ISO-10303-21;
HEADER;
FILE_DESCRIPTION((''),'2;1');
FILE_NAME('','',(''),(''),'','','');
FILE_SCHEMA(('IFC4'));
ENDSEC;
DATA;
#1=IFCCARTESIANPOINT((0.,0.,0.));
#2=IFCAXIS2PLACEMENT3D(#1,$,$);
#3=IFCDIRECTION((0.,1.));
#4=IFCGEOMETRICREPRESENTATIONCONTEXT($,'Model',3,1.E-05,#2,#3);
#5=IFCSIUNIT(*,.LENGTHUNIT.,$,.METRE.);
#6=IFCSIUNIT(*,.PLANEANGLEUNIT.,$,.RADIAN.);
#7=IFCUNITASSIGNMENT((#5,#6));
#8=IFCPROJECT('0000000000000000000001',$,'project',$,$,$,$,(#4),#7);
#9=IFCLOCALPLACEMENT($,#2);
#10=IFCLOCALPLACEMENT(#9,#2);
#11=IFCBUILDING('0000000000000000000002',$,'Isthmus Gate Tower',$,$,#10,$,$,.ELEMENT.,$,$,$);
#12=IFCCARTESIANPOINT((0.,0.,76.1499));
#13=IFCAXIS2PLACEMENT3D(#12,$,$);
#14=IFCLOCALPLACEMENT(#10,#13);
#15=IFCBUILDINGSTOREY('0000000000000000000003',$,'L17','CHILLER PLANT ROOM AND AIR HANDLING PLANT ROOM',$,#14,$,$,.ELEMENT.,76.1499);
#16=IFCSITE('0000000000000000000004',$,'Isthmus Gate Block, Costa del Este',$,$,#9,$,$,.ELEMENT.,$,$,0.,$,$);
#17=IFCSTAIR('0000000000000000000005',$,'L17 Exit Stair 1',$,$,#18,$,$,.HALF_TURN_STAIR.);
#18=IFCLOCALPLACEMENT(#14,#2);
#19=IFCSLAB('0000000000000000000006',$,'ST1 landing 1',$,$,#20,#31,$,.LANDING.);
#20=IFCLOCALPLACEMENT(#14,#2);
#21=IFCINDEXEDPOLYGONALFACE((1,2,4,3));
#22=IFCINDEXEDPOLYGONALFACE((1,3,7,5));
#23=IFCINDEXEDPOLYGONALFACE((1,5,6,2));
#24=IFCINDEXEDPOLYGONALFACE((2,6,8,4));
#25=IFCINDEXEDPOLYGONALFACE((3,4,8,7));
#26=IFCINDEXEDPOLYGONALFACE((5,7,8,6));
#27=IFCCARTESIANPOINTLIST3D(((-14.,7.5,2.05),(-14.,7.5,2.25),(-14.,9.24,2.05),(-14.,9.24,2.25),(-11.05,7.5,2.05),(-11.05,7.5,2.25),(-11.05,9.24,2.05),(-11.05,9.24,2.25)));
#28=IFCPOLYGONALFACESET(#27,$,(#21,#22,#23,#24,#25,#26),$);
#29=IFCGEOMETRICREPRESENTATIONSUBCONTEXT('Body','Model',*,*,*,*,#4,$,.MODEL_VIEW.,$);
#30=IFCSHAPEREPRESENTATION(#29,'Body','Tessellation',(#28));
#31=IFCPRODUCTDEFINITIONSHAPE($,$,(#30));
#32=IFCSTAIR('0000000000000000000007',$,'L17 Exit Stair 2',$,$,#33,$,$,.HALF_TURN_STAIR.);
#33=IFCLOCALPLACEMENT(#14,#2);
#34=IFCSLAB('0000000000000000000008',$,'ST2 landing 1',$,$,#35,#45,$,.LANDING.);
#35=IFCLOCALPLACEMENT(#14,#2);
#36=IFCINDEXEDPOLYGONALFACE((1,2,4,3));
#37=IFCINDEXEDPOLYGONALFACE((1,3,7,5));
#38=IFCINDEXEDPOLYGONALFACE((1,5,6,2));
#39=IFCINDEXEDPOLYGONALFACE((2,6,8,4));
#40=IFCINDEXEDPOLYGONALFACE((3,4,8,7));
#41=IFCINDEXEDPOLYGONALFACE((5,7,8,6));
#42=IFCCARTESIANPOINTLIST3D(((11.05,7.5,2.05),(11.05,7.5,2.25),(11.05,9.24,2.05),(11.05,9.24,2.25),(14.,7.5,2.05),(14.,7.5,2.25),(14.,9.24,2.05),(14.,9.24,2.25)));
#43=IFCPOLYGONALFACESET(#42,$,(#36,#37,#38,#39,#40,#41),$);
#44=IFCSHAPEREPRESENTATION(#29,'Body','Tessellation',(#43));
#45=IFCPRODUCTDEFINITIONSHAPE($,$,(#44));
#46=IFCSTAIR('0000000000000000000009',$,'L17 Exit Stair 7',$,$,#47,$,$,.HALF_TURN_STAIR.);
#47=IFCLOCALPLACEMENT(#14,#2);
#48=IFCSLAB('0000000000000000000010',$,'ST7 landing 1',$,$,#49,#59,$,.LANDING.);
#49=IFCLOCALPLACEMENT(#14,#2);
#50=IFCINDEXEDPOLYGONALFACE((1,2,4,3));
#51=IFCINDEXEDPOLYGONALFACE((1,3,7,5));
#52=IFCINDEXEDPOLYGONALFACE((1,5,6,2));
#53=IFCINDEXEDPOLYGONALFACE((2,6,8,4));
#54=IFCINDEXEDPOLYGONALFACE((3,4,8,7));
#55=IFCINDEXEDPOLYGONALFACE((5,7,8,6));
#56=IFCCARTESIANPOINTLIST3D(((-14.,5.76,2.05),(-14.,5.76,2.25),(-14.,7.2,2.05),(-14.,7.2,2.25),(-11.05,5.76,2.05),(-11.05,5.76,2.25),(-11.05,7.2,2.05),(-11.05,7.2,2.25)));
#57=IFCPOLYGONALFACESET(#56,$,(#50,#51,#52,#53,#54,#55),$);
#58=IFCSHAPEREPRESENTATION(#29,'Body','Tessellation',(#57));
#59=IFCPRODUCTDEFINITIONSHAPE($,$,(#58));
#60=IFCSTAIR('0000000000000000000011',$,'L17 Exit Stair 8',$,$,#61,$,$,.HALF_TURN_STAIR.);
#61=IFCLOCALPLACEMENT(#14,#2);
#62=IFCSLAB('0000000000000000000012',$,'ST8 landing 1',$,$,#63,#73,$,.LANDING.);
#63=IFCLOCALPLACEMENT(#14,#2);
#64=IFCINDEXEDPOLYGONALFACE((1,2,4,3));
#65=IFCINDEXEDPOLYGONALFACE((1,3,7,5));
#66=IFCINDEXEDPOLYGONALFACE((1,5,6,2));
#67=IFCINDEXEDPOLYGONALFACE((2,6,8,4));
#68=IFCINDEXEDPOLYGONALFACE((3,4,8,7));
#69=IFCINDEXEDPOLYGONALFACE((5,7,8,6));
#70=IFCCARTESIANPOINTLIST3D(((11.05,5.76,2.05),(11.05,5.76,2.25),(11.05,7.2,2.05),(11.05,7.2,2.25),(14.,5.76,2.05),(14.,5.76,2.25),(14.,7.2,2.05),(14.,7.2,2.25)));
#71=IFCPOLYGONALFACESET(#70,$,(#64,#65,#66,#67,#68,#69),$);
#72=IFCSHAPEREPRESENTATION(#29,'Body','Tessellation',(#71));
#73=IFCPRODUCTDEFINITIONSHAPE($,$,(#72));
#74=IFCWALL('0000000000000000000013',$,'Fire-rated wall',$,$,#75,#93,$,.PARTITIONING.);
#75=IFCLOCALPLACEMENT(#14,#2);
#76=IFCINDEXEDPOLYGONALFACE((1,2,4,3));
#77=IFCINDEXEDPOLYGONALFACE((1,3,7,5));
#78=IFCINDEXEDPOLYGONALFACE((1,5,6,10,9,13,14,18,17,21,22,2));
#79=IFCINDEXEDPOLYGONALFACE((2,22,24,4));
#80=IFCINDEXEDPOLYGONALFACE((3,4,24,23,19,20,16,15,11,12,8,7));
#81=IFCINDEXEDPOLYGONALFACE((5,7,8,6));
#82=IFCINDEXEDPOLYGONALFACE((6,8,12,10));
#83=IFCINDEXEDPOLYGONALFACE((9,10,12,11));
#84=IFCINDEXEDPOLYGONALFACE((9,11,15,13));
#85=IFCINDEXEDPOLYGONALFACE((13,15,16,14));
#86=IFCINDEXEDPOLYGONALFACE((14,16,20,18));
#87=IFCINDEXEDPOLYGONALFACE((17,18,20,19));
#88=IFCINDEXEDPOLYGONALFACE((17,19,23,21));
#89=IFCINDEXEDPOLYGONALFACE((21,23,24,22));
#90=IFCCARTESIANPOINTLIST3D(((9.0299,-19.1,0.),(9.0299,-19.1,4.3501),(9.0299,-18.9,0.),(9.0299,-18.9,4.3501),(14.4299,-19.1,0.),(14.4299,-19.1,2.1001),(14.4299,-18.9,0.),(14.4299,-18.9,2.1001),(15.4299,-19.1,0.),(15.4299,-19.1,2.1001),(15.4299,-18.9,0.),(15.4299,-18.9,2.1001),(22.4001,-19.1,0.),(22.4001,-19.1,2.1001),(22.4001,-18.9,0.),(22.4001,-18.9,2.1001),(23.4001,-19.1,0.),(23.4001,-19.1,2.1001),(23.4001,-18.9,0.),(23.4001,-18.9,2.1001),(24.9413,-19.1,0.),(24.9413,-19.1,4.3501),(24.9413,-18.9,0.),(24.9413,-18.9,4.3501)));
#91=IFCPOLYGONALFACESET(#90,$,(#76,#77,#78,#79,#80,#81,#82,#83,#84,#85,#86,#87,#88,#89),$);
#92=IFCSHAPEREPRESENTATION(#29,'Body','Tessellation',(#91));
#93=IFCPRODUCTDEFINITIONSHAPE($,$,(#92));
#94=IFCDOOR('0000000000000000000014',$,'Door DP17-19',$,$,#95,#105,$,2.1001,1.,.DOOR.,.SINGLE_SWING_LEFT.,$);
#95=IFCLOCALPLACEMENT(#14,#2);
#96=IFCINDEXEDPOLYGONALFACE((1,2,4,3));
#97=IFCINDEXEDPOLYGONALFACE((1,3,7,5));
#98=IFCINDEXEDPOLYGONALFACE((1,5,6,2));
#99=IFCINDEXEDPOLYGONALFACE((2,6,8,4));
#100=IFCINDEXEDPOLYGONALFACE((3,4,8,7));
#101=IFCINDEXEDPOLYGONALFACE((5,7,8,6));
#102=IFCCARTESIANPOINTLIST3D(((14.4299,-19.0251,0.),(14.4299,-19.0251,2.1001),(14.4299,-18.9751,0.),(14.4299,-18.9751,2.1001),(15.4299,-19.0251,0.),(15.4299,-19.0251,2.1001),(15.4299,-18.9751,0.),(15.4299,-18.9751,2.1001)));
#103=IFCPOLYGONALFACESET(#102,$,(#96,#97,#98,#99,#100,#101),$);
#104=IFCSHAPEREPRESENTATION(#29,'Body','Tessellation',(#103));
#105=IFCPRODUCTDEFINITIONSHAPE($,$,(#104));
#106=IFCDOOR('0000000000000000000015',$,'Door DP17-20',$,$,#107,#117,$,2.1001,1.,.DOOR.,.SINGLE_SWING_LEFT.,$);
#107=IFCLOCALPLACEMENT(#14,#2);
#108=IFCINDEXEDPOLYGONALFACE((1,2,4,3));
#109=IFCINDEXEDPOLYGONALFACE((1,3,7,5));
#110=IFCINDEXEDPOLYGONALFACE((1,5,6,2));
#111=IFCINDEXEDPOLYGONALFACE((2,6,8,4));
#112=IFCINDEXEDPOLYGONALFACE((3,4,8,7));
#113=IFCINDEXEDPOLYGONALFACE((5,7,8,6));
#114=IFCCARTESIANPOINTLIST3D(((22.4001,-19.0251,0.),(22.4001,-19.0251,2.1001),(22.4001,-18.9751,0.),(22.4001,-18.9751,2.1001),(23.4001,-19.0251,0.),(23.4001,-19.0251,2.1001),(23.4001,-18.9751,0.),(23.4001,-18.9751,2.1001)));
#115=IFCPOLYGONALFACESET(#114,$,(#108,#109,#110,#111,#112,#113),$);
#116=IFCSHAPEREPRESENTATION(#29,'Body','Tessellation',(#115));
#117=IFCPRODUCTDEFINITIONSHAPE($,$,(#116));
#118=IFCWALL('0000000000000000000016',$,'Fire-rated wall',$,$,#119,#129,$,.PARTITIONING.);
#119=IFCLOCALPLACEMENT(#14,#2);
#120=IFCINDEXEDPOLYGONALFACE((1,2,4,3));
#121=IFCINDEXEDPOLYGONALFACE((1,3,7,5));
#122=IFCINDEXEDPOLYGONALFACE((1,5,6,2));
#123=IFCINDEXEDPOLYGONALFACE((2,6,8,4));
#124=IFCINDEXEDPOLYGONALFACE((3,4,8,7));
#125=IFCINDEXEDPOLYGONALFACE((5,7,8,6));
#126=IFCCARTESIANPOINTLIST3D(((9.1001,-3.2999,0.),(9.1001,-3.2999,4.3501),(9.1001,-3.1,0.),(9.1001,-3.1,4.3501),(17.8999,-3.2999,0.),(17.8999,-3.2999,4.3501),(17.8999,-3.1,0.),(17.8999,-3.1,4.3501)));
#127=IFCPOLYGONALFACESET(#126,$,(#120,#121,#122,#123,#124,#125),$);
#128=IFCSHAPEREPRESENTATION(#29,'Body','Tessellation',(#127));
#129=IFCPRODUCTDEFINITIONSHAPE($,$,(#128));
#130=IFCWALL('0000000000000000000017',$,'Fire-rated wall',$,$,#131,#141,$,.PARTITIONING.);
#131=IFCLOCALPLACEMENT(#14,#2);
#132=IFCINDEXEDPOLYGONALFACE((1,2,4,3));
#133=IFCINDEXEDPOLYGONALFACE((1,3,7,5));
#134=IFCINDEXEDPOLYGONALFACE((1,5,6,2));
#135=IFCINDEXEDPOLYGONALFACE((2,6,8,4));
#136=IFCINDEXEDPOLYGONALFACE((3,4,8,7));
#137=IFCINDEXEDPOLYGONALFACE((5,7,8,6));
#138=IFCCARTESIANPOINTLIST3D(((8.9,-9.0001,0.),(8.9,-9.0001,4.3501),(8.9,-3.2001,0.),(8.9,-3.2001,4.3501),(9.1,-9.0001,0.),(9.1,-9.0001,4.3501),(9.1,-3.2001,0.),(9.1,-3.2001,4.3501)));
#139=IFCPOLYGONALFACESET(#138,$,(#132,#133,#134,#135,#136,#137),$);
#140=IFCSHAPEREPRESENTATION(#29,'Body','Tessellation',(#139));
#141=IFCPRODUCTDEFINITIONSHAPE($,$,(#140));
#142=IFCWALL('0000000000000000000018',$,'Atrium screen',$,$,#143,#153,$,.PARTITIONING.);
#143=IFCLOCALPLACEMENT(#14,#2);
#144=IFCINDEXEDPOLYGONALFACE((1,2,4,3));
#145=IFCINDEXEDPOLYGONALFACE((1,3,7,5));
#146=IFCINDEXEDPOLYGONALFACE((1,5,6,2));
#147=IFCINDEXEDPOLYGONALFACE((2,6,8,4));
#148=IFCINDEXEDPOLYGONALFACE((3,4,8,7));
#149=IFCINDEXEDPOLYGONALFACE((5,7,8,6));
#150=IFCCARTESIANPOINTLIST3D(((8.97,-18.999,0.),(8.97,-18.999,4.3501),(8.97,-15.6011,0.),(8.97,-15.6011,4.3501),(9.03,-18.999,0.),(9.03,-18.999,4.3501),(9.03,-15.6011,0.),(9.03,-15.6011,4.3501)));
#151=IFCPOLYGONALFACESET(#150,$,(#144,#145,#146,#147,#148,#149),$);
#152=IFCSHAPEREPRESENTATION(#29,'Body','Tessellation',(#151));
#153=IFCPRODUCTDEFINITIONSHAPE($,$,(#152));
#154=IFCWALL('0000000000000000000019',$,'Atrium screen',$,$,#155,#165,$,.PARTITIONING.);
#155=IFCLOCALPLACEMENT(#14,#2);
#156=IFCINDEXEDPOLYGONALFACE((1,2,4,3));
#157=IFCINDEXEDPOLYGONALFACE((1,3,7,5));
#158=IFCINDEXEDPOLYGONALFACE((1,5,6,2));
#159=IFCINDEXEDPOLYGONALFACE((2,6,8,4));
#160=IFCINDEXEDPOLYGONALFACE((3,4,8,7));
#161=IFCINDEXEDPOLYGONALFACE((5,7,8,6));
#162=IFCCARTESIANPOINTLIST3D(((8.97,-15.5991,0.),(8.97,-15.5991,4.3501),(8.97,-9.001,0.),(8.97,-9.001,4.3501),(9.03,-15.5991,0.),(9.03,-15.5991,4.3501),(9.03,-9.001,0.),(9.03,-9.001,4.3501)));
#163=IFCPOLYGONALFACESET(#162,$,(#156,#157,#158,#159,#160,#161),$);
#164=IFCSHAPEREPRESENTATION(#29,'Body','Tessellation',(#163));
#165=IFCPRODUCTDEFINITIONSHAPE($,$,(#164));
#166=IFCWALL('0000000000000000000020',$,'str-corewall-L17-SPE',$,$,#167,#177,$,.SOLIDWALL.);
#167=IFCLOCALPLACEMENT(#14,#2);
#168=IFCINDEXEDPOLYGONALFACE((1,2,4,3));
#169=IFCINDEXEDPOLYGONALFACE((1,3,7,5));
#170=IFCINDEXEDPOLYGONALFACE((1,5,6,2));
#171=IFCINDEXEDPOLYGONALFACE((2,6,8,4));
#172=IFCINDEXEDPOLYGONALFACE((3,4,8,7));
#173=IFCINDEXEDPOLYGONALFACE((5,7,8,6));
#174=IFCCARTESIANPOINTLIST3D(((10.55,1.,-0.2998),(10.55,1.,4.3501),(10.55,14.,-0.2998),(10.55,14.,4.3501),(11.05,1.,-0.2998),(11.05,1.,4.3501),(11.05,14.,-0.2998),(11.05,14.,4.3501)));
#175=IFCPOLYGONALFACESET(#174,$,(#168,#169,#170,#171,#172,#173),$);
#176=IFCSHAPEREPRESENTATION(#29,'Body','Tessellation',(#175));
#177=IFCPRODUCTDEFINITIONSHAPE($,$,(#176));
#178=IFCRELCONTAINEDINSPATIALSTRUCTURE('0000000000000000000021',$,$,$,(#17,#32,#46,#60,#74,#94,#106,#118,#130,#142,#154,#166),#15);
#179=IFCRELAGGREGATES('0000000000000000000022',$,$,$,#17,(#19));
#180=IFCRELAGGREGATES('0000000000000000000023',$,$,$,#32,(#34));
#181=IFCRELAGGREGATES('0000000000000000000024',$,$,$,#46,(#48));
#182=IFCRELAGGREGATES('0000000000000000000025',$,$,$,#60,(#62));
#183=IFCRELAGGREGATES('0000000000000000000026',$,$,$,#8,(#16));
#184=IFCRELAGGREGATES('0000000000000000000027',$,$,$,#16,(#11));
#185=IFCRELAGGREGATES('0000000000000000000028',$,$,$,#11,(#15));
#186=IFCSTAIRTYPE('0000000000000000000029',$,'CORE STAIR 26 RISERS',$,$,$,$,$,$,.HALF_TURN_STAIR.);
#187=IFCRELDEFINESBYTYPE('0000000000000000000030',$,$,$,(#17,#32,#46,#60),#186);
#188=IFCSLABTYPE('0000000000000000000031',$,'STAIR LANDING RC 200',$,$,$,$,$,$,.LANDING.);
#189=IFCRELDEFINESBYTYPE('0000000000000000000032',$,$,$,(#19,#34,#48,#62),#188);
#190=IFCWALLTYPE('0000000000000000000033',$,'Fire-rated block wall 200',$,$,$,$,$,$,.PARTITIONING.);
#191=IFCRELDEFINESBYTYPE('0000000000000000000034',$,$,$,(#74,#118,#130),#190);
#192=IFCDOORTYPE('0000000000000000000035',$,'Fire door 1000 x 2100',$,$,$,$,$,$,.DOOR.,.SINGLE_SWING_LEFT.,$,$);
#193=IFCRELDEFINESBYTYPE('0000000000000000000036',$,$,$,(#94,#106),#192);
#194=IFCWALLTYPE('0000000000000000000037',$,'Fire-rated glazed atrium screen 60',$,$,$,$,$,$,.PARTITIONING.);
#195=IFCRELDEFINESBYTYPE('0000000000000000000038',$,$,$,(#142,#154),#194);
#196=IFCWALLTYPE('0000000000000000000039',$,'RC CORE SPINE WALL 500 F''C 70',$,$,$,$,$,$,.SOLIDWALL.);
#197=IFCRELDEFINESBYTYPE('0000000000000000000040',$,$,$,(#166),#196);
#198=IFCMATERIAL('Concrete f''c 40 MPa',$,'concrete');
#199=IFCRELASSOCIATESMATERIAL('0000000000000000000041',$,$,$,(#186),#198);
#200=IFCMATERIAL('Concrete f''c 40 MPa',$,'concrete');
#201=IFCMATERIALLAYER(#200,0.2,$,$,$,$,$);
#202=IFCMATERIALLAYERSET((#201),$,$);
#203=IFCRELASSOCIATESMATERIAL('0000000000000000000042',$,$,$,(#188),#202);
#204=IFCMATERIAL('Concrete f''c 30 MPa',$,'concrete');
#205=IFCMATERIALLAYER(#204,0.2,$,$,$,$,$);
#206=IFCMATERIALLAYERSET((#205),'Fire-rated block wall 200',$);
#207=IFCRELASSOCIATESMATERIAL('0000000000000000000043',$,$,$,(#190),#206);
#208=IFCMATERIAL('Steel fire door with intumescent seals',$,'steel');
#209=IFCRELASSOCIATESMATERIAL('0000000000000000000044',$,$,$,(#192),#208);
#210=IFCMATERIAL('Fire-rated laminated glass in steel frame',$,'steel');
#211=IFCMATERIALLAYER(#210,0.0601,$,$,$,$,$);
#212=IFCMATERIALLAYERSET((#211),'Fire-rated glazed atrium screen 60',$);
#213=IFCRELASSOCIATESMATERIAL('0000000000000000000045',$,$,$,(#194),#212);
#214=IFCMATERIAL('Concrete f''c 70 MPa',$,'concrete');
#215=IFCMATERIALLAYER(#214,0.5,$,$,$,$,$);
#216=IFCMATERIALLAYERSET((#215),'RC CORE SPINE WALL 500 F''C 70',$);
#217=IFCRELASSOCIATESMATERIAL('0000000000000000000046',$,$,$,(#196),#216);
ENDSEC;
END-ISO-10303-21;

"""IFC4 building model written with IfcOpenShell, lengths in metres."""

from ifc_helpers import new_model, si_unit, direction, frame, frame_2d, origin, place, context, subcontext, project, spatial, polyline, rectangle, outline, extrude, material, layer, layer_set, type_object, element, fill, aggregate, save


model = new_model("IFC4")

# Units and contexts
model_context = context("Model", 3, precision=1e-05, world=origin(), true_north=direction((0.0, 1.0)))
body_context = subcontext(model_context, "Body", "Model", "MODEL_VIEW")
ifc_project = project(units=[si_unit("LENGTHUNIT", "METRE"), si_unit("PLANEANGLEUNIT", "RADIAN")], contexts=[model_context])

# Site, building, storey
site_placement = place(None, origin())
site = spatial("IfcSite", under=ifc_project, at=site_placement, Name="Isthmus Gate Block, Costa del Este", CompositionType="ELEMENT", RefElevation=0.0)
building_placement = place(site_placement, origin())
building = spatial("IfcBuilding", under=site, at=building_placement, Name="Isthmus Gate Tower", CompositionType="ELEMENT")
storey_placement = place(building_placement, frame((0.0, 0.0, 76.1499)))
storey = spatial("IfcBuildingStorey", under=building, at=storey_placement, Name="L17", Description="CHILLER PLANT ROOM AND AIR HANDLING PLANT ROOM", CompositionType="ELEMENT", Elevation=76.1499)

# Stairs, slabs
ifc_material_1 = material(Name="Concrete f'c 40 MPa", Category="concrete")
stair_type = type_object("IfcStairType", Name="CORE STAIR 26 RISERS", PredefinedType="HALF_TURN_STAIR", material=ifc_material_1)
stair_1_placement = place(storey_placement, origin())
stair_1 = element("IfcStair", 1, at=stair_1_placement, inside=storey, type_object=stair_type, Name="L17 Exit Stair 1", PredefinedType="HALF_TURN_STAIR")
ifc_material_2 = material(Name="Concrete f'c 40 MPa", Category="concrete")
ifc_layer_1 = layer(ifc_material_2, 0.2)
ifc_layer_set_1 = layer_set([ifc_layer_1])
slab_type_1 = type_object("IfcSlabType", Name="STAIR LANDING RC 200", PredefinedType="LANDING", material=ifc_layer_set_1)
slab_1_placement = place(storey_placement, frame((0.0, 0.0, 2.05)))
slab_1 = element("IfcSlab", 2, at=slab_1_placement, type_object=slab_type_1, Name="ST1 landing 1", PredefinedType="LANDING", context=body_context, shape_type="SweptSolid", body=[
    extrude(outline(polyline([(-14.0, 9.24), (-14.0, 7.5), (-11.05, 7.5), (-11.05, 9.24), (-14.0, 9.24)])), origin(), (0.0, 0.0, 1.0), 0.2),
])
aggregate(stair_1, [slab_1])
stair_2_placement = place(storey_placement, origin())
stair_2 = element("IfcStair", 3, at=stair_2_placement, inside=storey, type_object=stair_type, Name="L17 Exit Stair 2", PredefinedType="HALF_TURN_STAIR")
slab_2_placement = place(storey_placement, frame((0.0, 0.0, 2.05)))
slab_2 = element("IfcSlab", 4, at=slab_2_placement, type_object=slab_type_1, Name="ST2 landing 1", PredefinedType="LANDING", context=body_context, shape_type="SweptSolid", body=[
    extrude(outline(polyline([(11.05, 9.24), (11.05, 7.5), (14.0, 7.5), (14.0, 9.24), (11.05, 9.24)])), origin(), (0.0, 0.0, 1.0), 0.2),
])
aggregate(stair_2, [slab_2])
stair_3_placement = place(storey_placement, origin())
stair_3 = element("IfcStair", 5, at=stair_3_placement, inside=storey, type_object=stair_type, Name="L17 Exit Stair 7", PredefinedType="HALF_TURN_STAIR")
slab_3_placement = place(storey_placement, frame((0.0, 0.0, 2.05)))
slab_3 = element("IfcSlab", 6, at=slab_3_placement, type_object=slab_type_1, Name="ST7 landing 1", PredefinedType="LANDING", context=body_context, shape_type="SweptSolid", body=[
    extrude(outline(polyline([(-11.05, 5.76), (-11.05, 7.2), (-14.0, 7.2), (-14.0, 5.76), (-11.05, 5.76)])), origin(), (0.0, 0.0, 1.0), 0.2),
])
aggregate(stair_3, [slab_3])
stair_4_placement = place(storey_placement, origin())
stair_4 = element("IfcStair", 7, at=stair_4_placement, inside=storey, type_object=stair_type, Name="L17 Exit Stair 8", PredefinedType="HALF_TURN_STAIR")
slab_4_placement = place(storey_placement, frame((0.0, 0.0, 2.05)))
slab_4 = element("IfcSlab", 8, at=slab_4_placement, type_object=slab_type_1, Name="ST8 landing 1", PredefinedType="LANDING", context=body_context, shape_type="SweptSolid", body=[
    extrude(outline(polyline([(14.0, 5.76), (14.0, 7.2), (11.05, 7.2), (11.05, 5.76), (14.0, 5.76)])), origin(), (0.0, 0.0, 1.0), 0.2),
])
aggregate(stair_4, [slab_4])

# Wall, openings, doors
ifc_material_3 = material(Name="Concrete f'c 30 MPa", Category="concrete")
ifc_layer_2 = layer(ifc_material_3, 0.2)
ifc_layer_set_2 = layer_set([ifc_layer_2], Name="Fire-rated block wall 200")
wall_type_1 = type_object("IfcWallType", Name="Fire-rated block wall 200", PredefinedType="PARTITIONING", material=ifc_layer_set_2)
wall_1_placement = place(storey_placement, frame((9.03, -19.0, 0.0), z_axis=(0.0, 0.0, 1.0), x_axis=(1.0, 0.0, 0.0)))
wall_1 = element("IfcWall", 9, at=wall_1_placement, inside=storey, type_object=wall_type_1, Name="Fire-rated wall", PredefinedType="PARTITIONING", context=body_context, shape_type="SweptSolid", body=[
    extrude(rectangle(XDim=15.9114, YDim=0.2, at=frame_2d((7.9556, 0.0))), origin(), (0.0, 0.0, 1.0), 4.3501),
])
opening_1_placement = place(wall_1_placement, frame((5.3999, 0.0, 0.0)))
opening_1 = element("IfcOpeningElement", 10, at=opening_1_placement, cuts=wall_1, PredefinedType="OPENING", context=body_context, shape_type="SweptSolid", body=[
    extrude(rectangle(XDim=1.0, YDim=2.1001, at=frame_2d((0.5, 1.05))), frame((0.0, 0.1099, 0.0), z_axis=(0.0, -1.0, 0.0), x_axis=(1.0, 0.0, 0.0)), (0.0, 0.0, 1.0), 0.22),
])
opening_2_placement = place(wall_1_placement, frame((13.3701, 0.0, 0.0)))
opening_2 = element("IfcOpeningElement", 11, at=opening_2_placement, cuts=wall_1, PredefinedType="OPENING", context=body_context, shape_type="SweptSolid", body=[
    extrude(rectangle(XDim=1.0, YDim=2.1001, at=frame_2d((0.5, 1.05))), frame((0.0, 0.1099, 0.0), z_axis=(0.0, -1.0, 0.0), x_axis=(1.0, 0.0, 0.0)), (0.0, 0.0, 1.0), 0.22),
])
ifc_material_4 = material(Name="Steel fire door with intumescent seals", Category="steel")
door_type = type_object("IfcDoorType", Name="Fire door 1000 x 2100", OperationType="SINGLE_SWING_LEFT", PredefinedType="DOOR", material=ifc_material_4)
door_1_placement = place(opening_1_placement, origin())
door_1 = element("IfcDoor", 12, at=door_1_placement, inside=storey, type_object=door_type, Name="Door DP17-19", OperationType="SINGLE_SWING_LEFT", OverallHeight=2.1001, OverallWidth=1.0, PredefinedType="DOOR", context=body_context, shape_type="SweptSolid", body=[
    extrude(rectangle(XDim=1.0, YDim=2.1001, at=frame_2d((0.5, 1.05))), frame((0.0, 0.0249, 0.0), z_axis=(0.0, -1.0, 0.0), x_axis=(1.0, 0.0, 0.0)), (0.0, 0.0, 1.0), 0.05),
])
fill(opening_1, door_1)
door_2_placement = place(opening_2_placement, origin())
door_2 = element("IfcDoor", 13, at=door_2_placement, inside=storey, type_object=door_type, Name="Door DP17-20", OperationType="SINGLE_SWING_LEFT", OverallHeight=2.1001, OverallWidth=1.0, PredefinedType="DOOR", context=body_context, shape_type="SweptSolid", body=[
    extrude(rectangle(XDim=1.0, YDim=2.1001, at=frame_2d((0.5, 1.05))), frame((0.0, 0.0249, 0.0), z_axis=(0.0, -1.0, 0.0), x_axis=(1.0, 0.0, 0.0)), (0.0, 0.0, 1.0), 0.05),
])
fill(opening_2, door_2)

# Walls
wall_2_placement = place(storey_placement, frame((9.1001, -3.2, 0.0), z_axis=(0.0, 0.0, 1.0), x_axis=(1.0, 0.0, 0.0)))
element("IfcWall", 14, at=wall_2_placement, inside=storey, type_object=wall_type_1, Name="Fire-rated wall", PredefinedType="PARTITIONING", context=body_context, shape_type="SweptSolid", body=[
    extrude(rectangle(XDim=8.7998, YDim=0.2, at=frame_2d((4.3999, 0.0))), origin(), (0.0, 0.0, 1.0), 4.3501),
])
wall_3_placement = place(storey_placement, frame((9.0, -9.0, 0.0), z_axis=(0.0, 0.0, 1.0), x_axis=(0.0, 1.0, 0.0)))
element("IfcWall", 15, at=wall_3_placement, inside=storey, type_object=wall_type_1, Name="Fire-rated wall", PredefinedType="PARTITIONING", context=body_context, shape_type="SweptSolid", body=[
    extrude(rectangle(XDim=5.8, YDim=0.2, at=frame_2d((2.8999, 0.0))), origin(), (0.0, 0.0, 1.0), 4.3501),
])
ifc_material_5 = material(Name="Fire-rated laminated glass in steel frame", Category="steel")
ifc_layer_3 = layer(ifc_material_5, 0.0601)
ifc_layer_set_3 = layer_set([ifc_layer_3], Name="Fire-rated glazed atrium screen 60")
wall_type_2 = type_object("IfcWallType", Name="Fire-rated glazed atrium screen 60", PredefinedType="PARTITIONING", material=ifc_layer_set_3)
wall_4_placement = place(storey_placement, frame((9.0, -18.999, 0.0), z_axis=(0.0, 0.0, 1.0), x_axis=(0.0, 1.0, 0.0)))
element("IfcWall", 16, at=wall_4_placement, inside=storey, type_object=wall_type_2, Name="Atrium screen", PredefinedType="PARTITIONING", context=body_context, shape_type="SweptSolid", body=[
    extrude(rectangle(XDim=3.3979, YDim=0.0601, at=frame_2d((1.699, 0.0))), origin(), (0.0, 0.0, 1.0), 4.3501),
])
wall_5_placement = place(storey_placement, frame((9.0, -15.5991, 0.0), z_axis=(0.0, 0.0, 1.0), x_axis=(0.0, 1.0, 0.0)))
element("IfcWall", 17, at=wall_5_placement, inside=storey, type_object=wall_type_2, Name="Atrium screen", PredefinedType="PARTITIONING", context=body_context, shape_type="SweptSolid", body=[
    extrude(rectangle(XDim=6.5981, YDim=0.0601, at=frame_2d((3.2991, 0.0))), origin(), (0.0, 0.0, 1.0), 4.3501),
])
ifc_material_6 = material(Name="Concrete f'c 70 MPa", Category="concrete")
ifc_layer_4 = layer(ifc_material_6, 0.5)
ifc_layer_set_4 = layer_set([ifc_layer_4], Name="RC CORE SPINE WALL 500 F'C 70")
wall_type_3 = type_object("IfcWallType", Name="RC CORE SPINE WALL 500 F'C 70", PredefinedType="SOLIDWALL", material=ifc_layer_set_4)
wall_6_placement = place(storey_placement, frame((10.8, 1.0, -0.2998), z_axis=(0.0, 0.0, 1.0), x_axis=(0.0, 1.0, 0.0)))
element("IfcWall", 18, at=wall_6_placement, inside=storey, type_object=wall_type_3, Name="str-corewall-L17-SPE", PredefinedType="SOLIDWALL", context=body_context, shape_type="SweptSolid", body=[
    extrude(rectangle(XDim=13.0, YDim=0.5, at=frame_2d((6.5, 0.0))), origin(), (0.0, 0.0, 1.0), 4.6499),
])

save(model, "model.ifc")
